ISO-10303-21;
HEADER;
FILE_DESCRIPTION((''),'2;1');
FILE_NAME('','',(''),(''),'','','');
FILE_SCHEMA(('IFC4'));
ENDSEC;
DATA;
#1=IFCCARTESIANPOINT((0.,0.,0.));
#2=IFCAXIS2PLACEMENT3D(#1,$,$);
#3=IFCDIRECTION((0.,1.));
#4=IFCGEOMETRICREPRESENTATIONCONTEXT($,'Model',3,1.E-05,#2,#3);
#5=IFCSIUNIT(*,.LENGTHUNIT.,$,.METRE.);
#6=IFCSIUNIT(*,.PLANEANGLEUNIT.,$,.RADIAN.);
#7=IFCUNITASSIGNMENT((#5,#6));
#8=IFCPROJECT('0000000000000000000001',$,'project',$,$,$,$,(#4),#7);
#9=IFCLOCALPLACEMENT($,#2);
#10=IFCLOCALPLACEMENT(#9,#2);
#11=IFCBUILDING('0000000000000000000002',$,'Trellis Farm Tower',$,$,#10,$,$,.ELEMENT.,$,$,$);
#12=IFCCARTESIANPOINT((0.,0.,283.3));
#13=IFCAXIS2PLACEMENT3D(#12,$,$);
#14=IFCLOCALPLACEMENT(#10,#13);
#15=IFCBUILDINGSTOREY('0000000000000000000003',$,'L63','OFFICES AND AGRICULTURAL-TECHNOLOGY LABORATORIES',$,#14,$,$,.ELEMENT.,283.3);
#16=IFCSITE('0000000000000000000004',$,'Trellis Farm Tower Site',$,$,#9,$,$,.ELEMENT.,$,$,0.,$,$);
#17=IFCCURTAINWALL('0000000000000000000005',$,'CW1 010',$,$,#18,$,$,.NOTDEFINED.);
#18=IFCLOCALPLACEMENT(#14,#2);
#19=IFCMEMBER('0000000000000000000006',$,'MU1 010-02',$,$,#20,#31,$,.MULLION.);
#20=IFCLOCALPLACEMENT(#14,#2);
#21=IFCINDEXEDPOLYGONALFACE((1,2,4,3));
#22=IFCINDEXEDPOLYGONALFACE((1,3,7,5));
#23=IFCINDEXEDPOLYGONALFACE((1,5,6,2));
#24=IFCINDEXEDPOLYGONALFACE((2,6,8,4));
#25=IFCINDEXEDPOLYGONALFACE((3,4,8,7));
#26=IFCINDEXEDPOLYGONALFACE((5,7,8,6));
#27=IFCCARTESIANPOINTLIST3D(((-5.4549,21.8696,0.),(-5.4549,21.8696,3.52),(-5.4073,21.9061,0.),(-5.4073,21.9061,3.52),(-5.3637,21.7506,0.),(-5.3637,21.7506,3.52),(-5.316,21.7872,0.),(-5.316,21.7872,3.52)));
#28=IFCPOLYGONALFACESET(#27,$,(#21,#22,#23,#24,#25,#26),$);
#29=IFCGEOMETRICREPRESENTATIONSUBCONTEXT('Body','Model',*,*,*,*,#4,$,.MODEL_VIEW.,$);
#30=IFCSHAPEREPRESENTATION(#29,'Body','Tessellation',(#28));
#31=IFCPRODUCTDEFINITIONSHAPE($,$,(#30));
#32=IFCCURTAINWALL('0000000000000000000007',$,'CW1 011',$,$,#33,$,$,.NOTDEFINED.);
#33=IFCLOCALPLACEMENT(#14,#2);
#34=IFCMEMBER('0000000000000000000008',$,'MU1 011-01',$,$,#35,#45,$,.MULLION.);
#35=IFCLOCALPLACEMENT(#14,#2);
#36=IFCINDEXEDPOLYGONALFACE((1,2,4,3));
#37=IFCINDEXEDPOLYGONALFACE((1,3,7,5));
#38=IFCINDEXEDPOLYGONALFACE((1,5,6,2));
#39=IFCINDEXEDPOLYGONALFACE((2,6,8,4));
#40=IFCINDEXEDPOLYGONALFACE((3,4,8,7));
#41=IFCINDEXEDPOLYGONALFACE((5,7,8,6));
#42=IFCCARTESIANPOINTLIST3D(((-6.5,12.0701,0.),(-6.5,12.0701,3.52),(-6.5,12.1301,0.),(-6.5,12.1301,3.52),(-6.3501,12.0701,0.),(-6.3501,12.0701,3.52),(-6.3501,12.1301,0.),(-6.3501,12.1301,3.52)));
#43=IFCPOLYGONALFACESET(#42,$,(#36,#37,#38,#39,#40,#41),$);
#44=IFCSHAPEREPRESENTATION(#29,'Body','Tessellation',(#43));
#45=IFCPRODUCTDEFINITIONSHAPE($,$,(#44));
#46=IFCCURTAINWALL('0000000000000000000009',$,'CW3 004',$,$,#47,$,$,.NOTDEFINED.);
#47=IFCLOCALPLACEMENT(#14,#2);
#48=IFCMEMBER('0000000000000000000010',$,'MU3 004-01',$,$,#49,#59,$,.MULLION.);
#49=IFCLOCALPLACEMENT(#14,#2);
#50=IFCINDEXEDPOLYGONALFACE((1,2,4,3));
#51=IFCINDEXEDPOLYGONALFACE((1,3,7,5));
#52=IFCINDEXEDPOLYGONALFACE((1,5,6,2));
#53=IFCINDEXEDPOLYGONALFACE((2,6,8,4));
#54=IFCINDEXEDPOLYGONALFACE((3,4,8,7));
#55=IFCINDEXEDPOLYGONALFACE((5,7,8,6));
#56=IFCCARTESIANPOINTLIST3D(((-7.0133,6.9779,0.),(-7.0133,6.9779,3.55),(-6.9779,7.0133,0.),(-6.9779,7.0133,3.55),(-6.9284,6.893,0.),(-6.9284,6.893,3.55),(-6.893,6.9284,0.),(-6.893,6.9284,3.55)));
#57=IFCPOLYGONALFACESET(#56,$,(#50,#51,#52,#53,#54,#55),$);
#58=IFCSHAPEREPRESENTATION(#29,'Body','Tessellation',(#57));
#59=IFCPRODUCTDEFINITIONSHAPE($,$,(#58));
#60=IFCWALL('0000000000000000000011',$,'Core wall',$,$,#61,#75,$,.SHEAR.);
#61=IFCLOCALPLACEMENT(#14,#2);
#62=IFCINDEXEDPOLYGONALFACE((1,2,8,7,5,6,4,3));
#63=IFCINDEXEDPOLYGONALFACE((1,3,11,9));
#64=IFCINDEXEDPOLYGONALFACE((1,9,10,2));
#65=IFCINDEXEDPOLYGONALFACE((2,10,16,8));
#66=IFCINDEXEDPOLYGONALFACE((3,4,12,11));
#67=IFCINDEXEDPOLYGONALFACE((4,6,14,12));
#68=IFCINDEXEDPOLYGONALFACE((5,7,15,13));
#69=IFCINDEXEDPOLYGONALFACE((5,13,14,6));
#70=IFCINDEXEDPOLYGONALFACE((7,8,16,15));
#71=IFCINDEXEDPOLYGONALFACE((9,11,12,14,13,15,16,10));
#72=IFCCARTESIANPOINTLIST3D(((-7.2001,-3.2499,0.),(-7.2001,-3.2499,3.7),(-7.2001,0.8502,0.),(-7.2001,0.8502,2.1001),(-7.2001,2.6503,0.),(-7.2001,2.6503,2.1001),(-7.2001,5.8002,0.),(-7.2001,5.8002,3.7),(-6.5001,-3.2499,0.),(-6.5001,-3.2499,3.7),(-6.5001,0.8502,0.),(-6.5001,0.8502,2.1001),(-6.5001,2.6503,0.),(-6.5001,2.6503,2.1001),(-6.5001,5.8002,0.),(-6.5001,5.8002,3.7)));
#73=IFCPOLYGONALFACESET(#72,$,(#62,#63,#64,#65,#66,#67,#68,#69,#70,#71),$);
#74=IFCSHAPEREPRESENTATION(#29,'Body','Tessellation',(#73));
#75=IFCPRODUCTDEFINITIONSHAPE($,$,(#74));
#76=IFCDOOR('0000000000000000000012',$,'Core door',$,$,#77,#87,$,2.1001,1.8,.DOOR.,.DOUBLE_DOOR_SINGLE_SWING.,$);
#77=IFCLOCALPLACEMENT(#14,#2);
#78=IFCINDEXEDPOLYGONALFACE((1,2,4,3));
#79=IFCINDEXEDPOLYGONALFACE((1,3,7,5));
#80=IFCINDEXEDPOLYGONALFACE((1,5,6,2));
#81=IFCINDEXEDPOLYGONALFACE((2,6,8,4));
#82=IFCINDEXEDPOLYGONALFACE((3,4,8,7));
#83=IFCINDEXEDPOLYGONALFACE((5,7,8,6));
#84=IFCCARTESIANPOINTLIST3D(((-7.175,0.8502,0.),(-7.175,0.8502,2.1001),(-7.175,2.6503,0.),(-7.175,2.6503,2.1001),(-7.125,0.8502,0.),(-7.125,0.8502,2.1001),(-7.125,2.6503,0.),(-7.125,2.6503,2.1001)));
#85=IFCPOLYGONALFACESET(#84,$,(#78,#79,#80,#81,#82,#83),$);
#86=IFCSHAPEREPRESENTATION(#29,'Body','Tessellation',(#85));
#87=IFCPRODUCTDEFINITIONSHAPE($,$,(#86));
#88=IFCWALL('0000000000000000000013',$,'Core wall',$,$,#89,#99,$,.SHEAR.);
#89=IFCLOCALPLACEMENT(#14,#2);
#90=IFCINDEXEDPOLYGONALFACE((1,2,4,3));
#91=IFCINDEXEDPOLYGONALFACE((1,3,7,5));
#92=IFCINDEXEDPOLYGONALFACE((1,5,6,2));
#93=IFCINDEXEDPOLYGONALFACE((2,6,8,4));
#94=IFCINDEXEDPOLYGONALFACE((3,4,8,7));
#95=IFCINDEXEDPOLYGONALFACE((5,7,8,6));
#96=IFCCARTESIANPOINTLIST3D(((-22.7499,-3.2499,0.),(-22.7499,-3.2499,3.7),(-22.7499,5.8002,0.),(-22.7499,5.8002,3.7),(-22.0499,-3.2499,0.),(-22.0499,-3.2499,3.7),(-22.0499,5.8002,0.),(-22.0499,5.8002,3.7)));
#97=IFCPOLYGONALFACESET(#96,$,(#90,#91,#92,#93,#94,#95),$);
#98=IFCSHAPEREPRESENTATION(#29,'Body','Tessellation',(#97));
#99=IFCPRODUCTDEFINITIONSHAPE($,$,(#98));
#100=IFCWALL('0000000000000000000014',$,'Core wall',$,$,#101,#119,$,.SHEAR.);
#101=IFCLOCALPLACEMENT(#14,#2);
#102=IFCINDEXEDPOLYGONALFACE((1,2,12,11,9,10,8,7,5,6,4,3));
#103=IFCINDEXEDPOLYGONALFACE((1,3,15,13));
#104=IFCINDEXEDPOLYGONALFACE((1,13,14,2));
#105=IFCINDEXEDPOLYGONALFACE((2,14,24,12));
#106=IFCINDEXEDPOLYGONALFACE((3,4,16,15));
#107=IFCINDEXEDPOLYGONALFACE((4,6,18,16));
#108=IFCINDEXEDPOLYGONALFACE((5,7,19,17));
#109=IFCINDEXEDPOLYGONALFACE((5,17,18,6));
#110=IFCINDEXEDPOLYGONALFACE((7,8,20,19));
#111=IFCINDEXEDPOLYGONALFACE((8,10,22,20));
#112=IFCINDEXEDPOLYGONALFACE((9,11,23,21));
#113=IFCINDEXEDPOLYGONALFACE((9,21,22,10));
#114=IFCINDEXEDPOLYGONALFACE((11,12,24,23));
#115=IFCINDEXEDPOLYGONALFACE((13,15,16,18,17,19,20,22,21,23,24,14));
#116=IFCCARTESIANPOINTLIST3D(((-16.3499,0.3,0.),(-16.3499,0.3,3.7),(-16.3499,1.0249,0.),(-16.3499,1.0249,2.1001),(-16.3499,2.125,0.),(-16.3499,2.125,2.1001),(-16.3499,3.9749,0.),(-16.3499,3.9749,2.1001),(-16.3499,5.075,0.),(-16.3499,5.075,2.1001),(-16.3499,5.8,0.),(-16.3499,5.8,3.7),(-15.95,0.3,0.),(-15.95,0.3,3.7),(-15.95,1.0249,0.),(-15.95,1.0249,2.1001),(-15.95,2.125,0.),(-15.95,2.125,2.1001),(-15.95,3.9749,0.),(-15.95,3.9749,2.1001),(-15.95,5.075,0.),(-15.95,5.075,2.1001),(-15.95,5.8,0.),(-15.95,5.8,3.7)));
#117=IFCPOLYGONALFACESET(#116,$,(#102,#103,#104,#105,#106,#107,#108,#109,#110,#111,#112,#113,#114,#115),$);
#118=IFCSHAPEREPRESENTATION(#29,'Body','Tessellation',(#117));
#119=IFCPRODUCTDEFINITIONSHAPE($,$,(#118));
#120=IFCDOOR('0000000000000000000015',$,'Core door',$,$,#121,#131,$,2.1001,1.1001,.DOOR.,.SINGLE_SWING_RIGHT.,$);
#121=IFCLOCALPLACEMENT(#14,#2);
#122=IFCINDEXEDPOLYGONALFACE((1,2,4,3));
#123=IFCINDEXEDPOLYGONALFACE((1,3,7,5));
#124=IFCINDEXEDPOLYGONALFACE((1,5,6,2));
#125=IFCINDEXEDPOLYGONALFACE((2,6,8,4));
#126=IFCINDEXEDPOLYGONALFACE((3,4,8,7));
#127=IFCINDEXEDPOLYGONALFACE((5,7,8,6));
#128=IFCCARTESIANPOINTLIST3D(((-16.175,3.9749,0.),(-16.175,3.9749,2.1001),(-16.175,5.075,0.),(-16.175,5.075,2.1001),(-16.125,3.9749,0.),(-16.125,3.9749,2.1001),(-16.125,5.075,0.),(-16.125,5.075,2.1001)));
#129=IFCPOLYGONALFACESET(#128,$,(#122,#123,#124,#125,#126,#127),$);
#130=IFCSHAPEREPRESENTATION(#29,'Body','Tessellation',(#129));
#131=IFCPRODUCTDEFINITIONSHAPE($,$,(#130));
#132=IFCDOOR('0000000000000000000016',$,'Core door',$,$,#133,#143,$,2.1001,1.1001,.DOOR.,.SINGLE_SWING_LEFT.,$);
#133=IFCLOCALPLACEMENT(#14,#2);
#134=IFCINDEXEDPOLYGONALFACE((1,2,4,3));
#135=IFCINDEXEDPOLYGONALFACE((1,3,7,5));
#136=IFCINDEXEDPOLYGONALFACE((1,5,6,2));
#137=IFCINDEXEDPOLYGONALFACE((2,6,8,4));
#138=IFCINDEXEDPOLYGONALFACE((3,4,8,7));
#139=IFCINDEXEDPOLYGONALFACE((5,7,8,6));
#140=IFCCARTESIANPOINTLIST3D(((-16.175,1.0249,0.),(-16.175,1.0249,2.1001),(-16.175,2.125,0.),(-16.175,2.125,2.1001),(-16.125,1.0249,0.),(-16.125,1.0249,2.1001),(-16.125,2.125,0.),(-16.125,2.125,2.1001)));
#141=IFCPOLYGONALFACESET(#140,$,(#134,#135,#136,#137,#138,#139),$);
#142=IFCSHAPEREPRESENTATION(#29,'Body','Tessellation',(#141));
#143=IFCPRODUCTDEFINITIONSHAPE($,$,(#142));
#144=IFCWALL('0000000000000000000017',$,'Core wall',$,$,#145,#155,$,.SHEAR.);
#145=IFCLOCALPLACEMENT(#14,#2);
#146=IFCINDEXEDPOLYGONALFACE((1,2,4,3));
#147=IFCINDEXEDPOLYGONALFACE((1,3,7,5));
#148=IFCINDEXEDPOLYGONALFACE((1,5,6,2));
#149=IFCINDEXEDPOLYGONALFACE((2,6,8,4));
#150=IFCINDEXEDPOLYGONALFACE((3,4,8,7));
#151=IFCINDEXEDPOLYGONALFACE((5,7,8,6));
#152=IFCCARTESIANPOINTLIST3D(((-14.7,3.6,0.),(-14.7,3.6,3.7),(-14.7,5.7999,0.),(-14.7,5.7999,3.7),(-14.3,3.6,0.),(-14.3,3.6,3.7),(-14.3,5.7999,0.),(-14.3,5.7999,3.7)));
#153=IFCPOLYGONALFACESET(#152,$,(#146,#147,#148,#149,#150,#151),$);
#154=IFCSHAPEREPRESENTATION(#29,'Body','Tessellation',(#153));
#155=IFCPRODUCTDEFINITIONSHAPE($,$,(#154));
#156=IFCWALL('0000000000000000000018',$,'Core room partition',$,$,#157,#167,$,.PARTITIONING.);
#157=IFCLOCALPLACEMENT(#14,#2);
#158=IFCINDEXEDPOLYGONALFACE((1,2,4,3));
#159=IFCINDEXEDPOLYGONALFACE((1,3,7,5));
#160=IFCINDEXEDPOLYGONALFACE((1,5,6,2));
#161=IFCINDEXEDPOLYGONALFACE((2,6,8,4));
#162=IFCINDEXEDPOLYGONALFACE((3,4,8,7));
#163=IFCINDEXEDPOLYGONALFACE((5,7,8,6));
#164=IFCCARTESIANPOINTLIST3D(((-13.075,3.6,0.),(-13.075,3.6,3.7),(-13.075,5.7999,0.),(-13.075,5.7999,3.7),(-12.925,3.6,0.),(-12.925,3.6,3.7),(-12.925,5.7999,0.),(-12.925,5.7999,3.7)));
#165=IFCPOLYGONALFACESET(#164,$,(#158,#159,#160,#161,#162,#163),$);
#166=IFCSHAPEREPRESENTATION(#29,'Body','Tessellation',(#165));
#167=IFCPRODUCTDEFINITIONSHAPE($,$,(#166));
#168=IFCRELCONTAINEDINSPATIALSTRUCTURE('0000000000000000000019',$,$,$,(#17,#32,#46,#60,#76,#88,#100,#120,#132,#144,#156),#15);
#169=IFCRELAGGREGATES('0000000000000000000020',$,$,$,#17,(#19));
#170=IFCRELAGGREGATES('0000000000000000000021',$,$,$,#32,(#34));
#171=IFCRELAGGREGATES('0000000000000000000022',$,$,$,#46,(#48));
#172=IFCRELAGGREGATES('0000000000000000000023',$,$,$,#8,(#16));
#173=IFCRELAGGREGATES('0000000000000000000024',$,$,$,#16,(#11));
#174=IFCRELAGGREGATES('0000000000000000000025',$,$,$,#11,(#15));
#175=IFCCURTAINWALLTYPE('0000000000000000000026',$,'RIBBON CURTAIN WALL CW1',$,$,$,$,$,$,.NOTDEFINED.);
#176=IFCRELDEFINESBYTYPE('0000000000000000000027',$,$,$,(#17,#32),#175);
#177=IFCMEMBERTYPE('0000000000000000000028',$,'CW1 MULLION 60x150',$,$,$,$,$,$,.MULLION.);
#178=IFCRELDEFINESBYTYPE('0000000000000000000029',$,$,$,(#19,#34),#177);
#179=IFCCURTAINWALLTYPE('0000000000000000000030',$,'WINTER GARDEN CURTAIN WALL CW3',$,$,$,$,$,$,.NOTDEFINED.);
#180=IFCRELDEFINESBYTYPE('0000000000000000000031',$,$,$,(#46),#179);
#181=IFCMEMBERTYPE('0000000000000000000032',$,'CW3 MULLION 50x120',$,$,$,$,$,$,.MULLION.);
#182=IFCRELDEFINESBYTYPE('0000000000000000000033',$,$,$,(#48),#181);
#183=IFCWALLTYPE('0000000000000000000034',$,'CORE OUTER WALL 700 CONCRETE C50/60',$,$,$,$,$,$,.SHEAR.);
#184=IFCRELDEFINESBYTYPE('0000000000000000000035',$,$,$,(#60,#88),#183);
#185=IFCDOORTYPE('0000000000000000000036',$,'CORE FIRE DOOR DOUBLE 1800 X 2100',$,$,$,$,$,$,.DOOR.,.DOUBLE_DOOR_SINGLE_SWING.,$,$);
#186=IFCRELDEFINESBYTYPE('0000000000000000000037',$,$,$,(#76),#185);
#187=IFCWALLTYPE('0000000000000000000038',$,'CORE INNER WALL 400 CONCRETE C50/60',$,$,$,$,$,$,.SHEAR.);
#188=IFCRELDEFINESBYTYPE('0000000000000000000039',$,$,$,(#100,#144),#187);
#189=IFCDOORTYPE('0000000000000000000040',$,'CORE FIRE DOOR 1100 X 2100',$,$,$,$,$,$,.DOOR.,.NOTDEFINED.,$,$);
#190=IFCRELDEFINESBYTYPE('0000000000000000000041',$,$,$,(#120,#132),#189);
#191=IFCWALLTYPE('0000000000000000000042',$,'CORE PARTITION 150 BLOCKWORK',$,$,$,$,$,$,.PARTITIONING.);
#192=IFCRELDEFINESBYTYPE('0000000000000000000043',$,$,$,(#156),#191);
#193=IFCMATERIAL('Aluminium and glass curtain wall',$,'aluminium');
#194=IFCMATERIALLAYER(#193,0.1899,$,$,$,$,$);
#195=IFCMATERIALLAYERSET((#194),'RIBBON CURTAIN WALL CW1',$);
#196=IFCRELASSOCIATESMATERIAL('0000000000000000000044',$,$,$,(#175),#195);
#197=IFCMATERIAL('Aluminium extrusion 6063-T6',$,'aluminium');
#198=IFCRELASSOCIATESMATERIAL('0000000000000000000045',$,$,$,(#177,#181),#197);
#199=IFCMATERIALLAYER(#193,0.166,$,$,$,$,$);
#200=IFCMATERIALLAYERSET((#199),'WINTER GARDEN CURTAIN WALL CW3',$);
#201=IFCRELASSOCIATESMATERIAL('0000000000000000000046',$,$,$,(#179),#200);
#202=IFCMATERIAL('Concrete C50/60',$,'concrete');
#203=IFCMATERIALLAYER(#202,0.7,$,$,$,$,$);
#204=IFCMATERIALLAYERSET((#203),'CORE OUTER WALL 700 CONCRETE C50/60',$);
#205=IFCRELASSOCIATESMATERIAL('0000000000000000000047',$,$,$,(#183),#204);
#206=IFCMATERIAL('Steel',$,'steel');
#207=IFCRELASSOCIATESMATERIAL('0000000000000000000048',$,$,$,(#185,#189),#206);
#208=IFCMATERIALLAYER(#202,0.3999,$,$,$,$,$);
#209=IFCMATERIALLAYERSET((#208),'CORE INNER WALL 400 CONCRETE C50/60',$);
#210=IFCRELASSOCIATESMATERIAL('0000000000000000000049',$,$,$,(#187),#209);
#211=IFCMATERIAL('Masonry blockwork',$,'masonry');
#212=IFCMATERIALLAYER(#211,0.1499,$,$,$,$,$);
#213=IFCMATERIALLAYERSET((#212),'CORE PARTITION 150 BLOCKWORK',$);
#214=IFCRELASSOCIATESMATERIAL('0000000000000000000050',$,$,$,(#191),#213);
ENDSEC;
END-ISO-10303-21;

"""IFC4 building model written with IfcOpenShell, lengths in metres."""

from ifc_helpers import new_model, si_unit, direction, frame, frame_2d, origin, origin_2d, place, context, subcontext, project, spatial, rectangle, extrude, source, transform, mapped, material, layer, layer_set, material_profile, profile_set, type_object, element, fill, aggregate, save


model = new_model("IFC4")

# Units and contexts
model_context = context("Model", 3, precision=1e-05, world=origin(), true_north=direction((0.0, 1.0)))
body_context = subcontext(model_context, "Body", "Model", "MODEL_VIEW")
ifc_project = project(units=[si_unit("LENGTHUNIT", "METRE"), si_unit("PLANEANGLEUNIT", "RADIAN")], contexts=[model_context])

# Site, building, storey
site_placement = place(None, origin())
site = spatial("IfcSite", under=ifc_project, at=site_placement, Name="Trellis Farm Tower Site", CompositionType="ELEMENT", RefElevation=0.0)
building_placement = place(site_placement, origin())
building = spatial("IfcBuilding", under=site, at=building_placement, Name="Trellis Farm Tower", CompositionType="ELEMENT")
storey_placement = place(building_placement, frame((0.0, 0.0, 283.3)))
storey = spatial("IfcBuildingStorey", under=building, at=storey_placement, Name="L63", Description="OFFICES AND AGRICULTURAL-TECHNOLOGY LABORATORIES", CompositionType="ELEMENT", Elevation=283.3)

# Curtain walls, members
ifc_material_1 = material(Name="Aluminium and glass curtain wall", Category="aluminium")
ifc_layer_1 = layer(ifc_material_1, 0.1899)
ifc_layer_set_1 = layer_set([ifc_layer_1], Name="RIBBON CURTAIN WALL CW1")
curtain_wall_type_1 = type_object("IfcCurtainWallType", Name="RIBBON CURTAIN WALL CW1", PredefinedType="NOTDEFINED", material=ifc_layer_set_1)
placement = place(storey_placement, origin())
curtain_wall_1 = element("IfcCurtainWall", 1, at=placement, inside=storey, type_object=curtain_wall_type_1, Name="CW1 010", PredefinedType="NOTDEFINED")
ifc_material_2 = material(Name="Aluminium extrusion 6063-T6", Category="aluminium")
ifc_material_profile_1 = material_profile(ifc_material_2, rectangle(XDim=0.0601, YDim=0.1499, at=origin_2d()), Name="MULLION 60x150")
ifc_profile_set_1 = profile_set([ifc_material_profile_1], Name="Aluminium extrusion 6063-T6")
member_type_1 = type_object("IfcMemberType", Name="CW1 MULLION 60x150", PredefinedType="MULLION", material=ifc_profile_set_1)
shared_shape_1 = source(origin(), body_context, "Body", "SweptSolid", [
    extrude(rectangle(XDim=0.0601, YDim=0.1499, at=origin_2d()), origin(), (0.0, 0.0, 1.0), 3.52),
])
member_1_placement = place(storey_placement, frame((-5.3855, 21.8284, 0.0), z_axis=(0.0, 0.0, 1.0), x_axis=(-0.793353, -0.608761, 0.0)))
member_1 = element("IfcMember", 2, at=member_1_placement, type_object=member_type_1, Name="MU1 010-02", PredefinedType="MULLION", context=body_context, shape_type="MappedRepresentation", body=[
    mapped(shared_shape_1, transform((0.0, 0.0, 0.0))),
])
aggregate(curtain_wall_1, [member_1])
curtain_wall_2 = element("IfcCurtainWall", 3, at=placement, inside=storey, type_object=curtain_wall_type_1, Name="CW1 011", PredefinedType="NOTDEFINED")
member_2_placement = place(storey_placement, frame((-6.425, 12.1001, 0.0), z_axis=(0.0, 0.0, 1.0), x_axis=(0.0, -1.0, 0.0)))
member_2 = element("IfcMember", 4, at=member_2_placement, type_object=member_type_1, Name="MU1 011-01", PredefinedType="MULLION", context=body_context, shape_type="MappedRepresentation", body=[
    mapped(shared_shape_1, transform((0.0, 0.0, 0.0))),
])
aggregate(curtain_wall_2, [member_2])
ifc_layer_2 = layer(ifc_material_1, 0.166)
ifc_layer_set_2 = layer_set([ifc_layer_2], Name="WINTER GARDEN CURTAIN WALL CW3")
curtain_wall_type_2 = type_object("IfcCurtainWallType", Name="WINTER GARDEN CURTAIN WALL CW3", PredefinedType="NOTDEFINED", material=ifc_layer_set_2)
curtain_wall_3 = element("IfcCurtainWall", 5, at=placement, inside=storey, type_object=curtain_wall_type_2, Name="CW3 004", PredefinedType="NOTDEFINED")
ifc_material_profile_2 = material_profile(ifc_material_2, rectangle(XDim=0.05, YDim=0.1201, at=origin_2d()), Name="MULLION 50x120")
ifc_profile_set_2 = profile_set([ifc_material_profile_2], Name="Aluminium extrusion 6063-T6")
member_type_2 = type_object("IfcMemberType", Name="CW3 MULLION 50x120", PredefinedType="MULLION", material=ifc_profile_set_2)
shared_shape_2 = source(origin(), body_context, "Body", "SweptSolid", [
    extrude(rectangle(XDim=0.05, YDim=0.1201, at=origin_2d()), origin(), (0.0, 0.0, 1.0), 3.55),
])
member_3_placement = place(storey_placement, frame((-6.9531, 6.9531, 0.0), z_axis=(0.0, 0.0, 1.0), x_axis=(-0.707107, -0.707107, 0.0)))
member_3 = element("IfcMember", 6, at=member_3_placement, type_object=member_type_2, Name="MU3 004-01", PredefinedType="MULLION", context=body_context, shape_type="MappedRepresentation", body=[
    mapped(shared_shape_2, transform((0.0, 0.0, 0.0))),
])
aggregate(curtain_wall_3, [member_3])

# Wall, opening, door
ifc_material_3 = material(Name="Concrete C50/60", Category="concrete")
ifc_layer_3 = layer(ifc_material_3, 0.7)
ifc_layer_set_3 = layer_set([ifc_layer_3], Name="CORE OUTER WALL 700 CONCRETE C50/60")
wall_type_1 = type_object("IfcWallType", Name="CORE OUTER WALL 700 CONCRETE C50/60", PredefinedType="SHEAR", material=ifc_layer_set_3)
shared_shape_3 = source(origin(), body_context, "Body", "SweptSolid", [
    extrude(rectangle(XDim=9.05, YDim=0.7, at=frame_2d((4.5249, 0.0))), origin(), (0.0, 0.0, 1.0), 3.7),
])
wall_1_placement = place(storey_placement, frame((-6.8501, 5.8, 0.0), z_axis=(0.0, 0.0, 1.0), x_axis=(0.0, -1.0, 0.0)))
wall_1 = element("IfcWall", 7, at=wall_1_placement, inside=storey, type_object=wall_type_1, Name="Core wall", PredefinedType="SHEAR", context=body_context, shape_type="MappedRepresentation", body=[
    mapped(shared_shape_3, transform((0.0, 0.0, 0.0))),
])
shared_shape_4 = source(origin(), body_context, "Body", "SweptSolid", [
    extrude(rectangle(XDim=1.8, YDim=2.1001, at=frame_2d((0.8999, 1.05))), frame((0.0, 0.3601, 0.0), z_axis=(0.0, -1.0, 0.0), x_axis=(1.0, 0.0, 0.0)), (0.0, 0.0, 1.0), 0.7202),
])
opening_1_placement = place(wall_1_placement, frame((3.1499, 0.0, 0.0)))
opening_1 = element("IfcOpeningElement", 8, at=opening_1_placement, cuts=wall_1, PredefinedType="OPENING", context=body_context, shape_type="MappedRepresentation", body=[
    mapped(shared_shape_4, transform((0.0, 0.0, 0.0))),
])
ifc_material_4 = material(Name="Steel", Category="steel")
door_type_1 = type_object("IfcDoorType", Name="CORE FIRE DOOR DOUBLE 1800 X 2100", OperationType="DOUBLE_DOOR_SINGLE_SWING", PredefinedType="DOOR", material=ifc_material_4)
shared_shape_5 = source(origin(), body_context, "Body", "SweptSolid", [
    extrude(rectangle(XDim=1.8, YDim=2.1001, at=frame_2d((0.8999, 1.05))), frame((0.0, -0.2749, 0.0), z_axis=(0.0, -1.0, 0.0), x_axis=(1.0, 0.0, 0.0)), (0.0, 0.0, 1.0), 0.05),
])
door_1_placement = place(opening_1_placement, origin())
door_1 = element("IfcDoor", 9, at=door_1_placement, inside=storey, type_object=door_type_1, Name="Core door", OperationType="DOUBLE_DOOR_SINGLE_SWING", OverallHeight=2.1001, OverallWidth=1.8, PredefinedType="DOOR", context=body_context, shape_type="MappedRepresentation", body=[
    mapped(shared_shape_5, transform((0.0, 0.0, 0.0))),
])
fill(opening_1, door_1)

# Wall
wall_2_placement = place(storey_placement, frame((-22.3999, 5.8, 0.0), z_axis=(0.0, 0.0, 1.0), x_axis=(0.0, -1.0, 0.0)))
element("IfcWall", 10, at=wall_2_placement, inside=storey, type_object=wall_type_1, Name="Core wall", PredefinedType="SHEAR", context=body_context, shape_type="MappedRepresentation", body=[
    mapped(shared_shape_3, transform((0.0, 0.0, 0.0))),
])

# Wall, openings, doors
ifc_layer_4 = layer(ifc_material_3, 0.3999)
ifc_layer_set_4 = layer_set([ifc_layer_4], Name="CORE INNER WALL 400 CONCRETE C50/60")
wall_type_2 = type_object("IfcWallType", Name="CORE INNER WALL 400 CONCRETE C50/60", PredefinedType="SHEAR", material=ifc_layer_set_4)
shared_shape_6 = source(origin(), body_context, "Body", "SweptSolid", [
    extrude(rectangle(XDim=5.5, YDim=0.3999, at=frame_2d((2.75, 0.0))), origin(), (0.0, 0.0, 1.0), 3.7),
])
wall_3_placement = place(storey_placement, frame((-16.1499, 5.8, 0.0), z_axis=(0.0, 0.0, 1.0), x_axis=(0.0, -1.0, 0.0)))
wall_3 = element("IfcWall", 11, at=wall_3_placement, inside=storey, type_object=wall_type_2, Name="Core wall", PredefinedType="SHEAR", context=body_context, shape_type="MappedRepresentation", body=[
    mapped(shared_shape_6, transform((0.0, 0.0, 0.0))),
])
shared_shape_7 = source(origin(), body_context, "Body", "SweptSolid", [
    extrude(rectangle(XDim=1.1001, YDim=2.1001, at=frame_2d((0.55, 1.05))), frame((0.0, 0.21, 0.0), z_axis=(0.0, -1.0, 0.0), x_axis=(1.0, 0.0, 0.0)), (0.0, 0.0, 1.0), 0.4199),
])
opening_2_placement = place(wall_3_placement, frame((0.7251, 0.0, 0.0)))
opening_2 = element("IfcOpeningElement", 12, at=opening_2_placement, cuts=wall_3, PredefinedType="OPENING", context=body_context, shape_type="MappedRepresentation", body=[
    mapped(shared_shape_7, transform((0.0, 0.0, 0.0))),
])
opening_3_placement = place(wall_3_placement, frame((3.675, 0.0, 0.0)))
opening_3 = element("IfcOpeningElement", 13, at=opening_3_placement, cuts=wall_3, PredefinedType="OPENING", context=body_context, shape_type="MappedRepresentation", body=[
    mapped(shared_shape_7, transform((0.0, 0.0, 0.0))),
])
door_type_2 = type_object("IfcDoorType", Name="CORE FIRE DOOR 1100 X 2100", OperationType="NOTDEFINED", PredefinedType="DOOR", material=ifc_material_4)
shared_shape_8 = source(origin(), body_context, "Body", "SweptSolid", [
    extrude(rectangle(XDim=1.1001, YDim=2.1001, at=frame_2d((0.55, 1.05))), frame((0.0, 0.0249, 0.0), z_axis=(0.0, -1.0, 0.0), x_axis=(1.0, 0.0, 0.0)), (0.0, 0.0, 1.0), 0.05),
])
door_2_placement = place(opening_2_placement, origin())
door_2 = element("IfcDoor", 14, at=door_2_placement, inside=storey, type_object=door_type_2, Name="Core door", OperationType="SINGLE_SWING_RIGHT", OverallHeight=2.1001, OverallWidth=1.1001, PredefinedType="DOOR", context=body_context, shape_type="MappedRepresentation", body=[
    mapped(shared_shape_8, transform((0.0, 0.0, 0.0))),
])
fill(opening_2, door_2)
door_3_placement = place(opening_3_placement, origin())
door_3 = element("IfcDoor", 15, at=door_3_placement, inside=storey, type_object=door_type_2, Name="Core door", OperationType="SINGLE_SWING_LEFT", OverallHeight=2.1001, OverallWidth=1.1001, PredefinedType="DOOR", context=body_context, shape_type="MappedRepresentation", body=[
    mapped(shared_shape_8, transform((0.0, 0.0, 0.0))),
])
fill(opening_3, door_3)

# Walls
shared_shape_9 = source(origin(), body_context, "Body", "SweptSolid", [
    extrude(rectangle(XDim=2.2, YDim=0.3999, at=frame_2d((1.1001, 0.0))), origin(), (0.0, 0.0, 1.0), 3.7),
])
wall_4_placement = place(storey_placement, frame((-14.5, 5.8, 0.0), z_axis=(0.0, 0.0, 1.0), x_axis=(0.0, -1.0, 0.0)))
element("IfcWall", 16, at=wall_4_placement, inside=storey, type_object=wall_type_2, Name="Core wall", PredefinedType="SHEAR", context=body_context, shape_type="MappedRepresentation", body=[
    mapped(shared_shape_9, transform((0.0, 0.0, 0.0))),
])
ifc_material_5 = material(Name="Masonry blockwork", Category="masonry")
ifc_layer_5 = layer(ifc_material_5, 0.1499)
ifc_layer_set_5 = layer_set([ifc_layer_5], Name="CORE PARTITION 150 BLOCKWORK")
wall_type_3 = type_object("IfcWallType", Name="CORE PARTITION 150 BLOCKWORK", PredefinedType="PARTITIONING", material=ifc_layer_set_5)
shared_shape_10 = source(origin(), body_context, "Body", "SweptSolid", [
    extrude(rectangle(XDim=2.2, YDim=0.1499, at=frame_2d((1.1001, 0.0))), origin(), (0.0, 0.0, 1.0), 3.7),
])
wall_5_placement = place(storey_placement, frame((-13.0, 5.8, 0.0), z_axis=(0.0, 0.0, 1.0), x_axis=(0.0, -1.0, 0.0)))
element("IfcWall", 17, at=wall_5_placement, inside=storey, type_object=wall_type_3, Name="Core room partition", PredefinedType="PARTITIONING", context=body_context, shape_type="MappedRepresentation", body=[
    mapped(shared_shape_10, transform((0.0, 0.0, 0.0))),
])

save(model, "model.ifc")
